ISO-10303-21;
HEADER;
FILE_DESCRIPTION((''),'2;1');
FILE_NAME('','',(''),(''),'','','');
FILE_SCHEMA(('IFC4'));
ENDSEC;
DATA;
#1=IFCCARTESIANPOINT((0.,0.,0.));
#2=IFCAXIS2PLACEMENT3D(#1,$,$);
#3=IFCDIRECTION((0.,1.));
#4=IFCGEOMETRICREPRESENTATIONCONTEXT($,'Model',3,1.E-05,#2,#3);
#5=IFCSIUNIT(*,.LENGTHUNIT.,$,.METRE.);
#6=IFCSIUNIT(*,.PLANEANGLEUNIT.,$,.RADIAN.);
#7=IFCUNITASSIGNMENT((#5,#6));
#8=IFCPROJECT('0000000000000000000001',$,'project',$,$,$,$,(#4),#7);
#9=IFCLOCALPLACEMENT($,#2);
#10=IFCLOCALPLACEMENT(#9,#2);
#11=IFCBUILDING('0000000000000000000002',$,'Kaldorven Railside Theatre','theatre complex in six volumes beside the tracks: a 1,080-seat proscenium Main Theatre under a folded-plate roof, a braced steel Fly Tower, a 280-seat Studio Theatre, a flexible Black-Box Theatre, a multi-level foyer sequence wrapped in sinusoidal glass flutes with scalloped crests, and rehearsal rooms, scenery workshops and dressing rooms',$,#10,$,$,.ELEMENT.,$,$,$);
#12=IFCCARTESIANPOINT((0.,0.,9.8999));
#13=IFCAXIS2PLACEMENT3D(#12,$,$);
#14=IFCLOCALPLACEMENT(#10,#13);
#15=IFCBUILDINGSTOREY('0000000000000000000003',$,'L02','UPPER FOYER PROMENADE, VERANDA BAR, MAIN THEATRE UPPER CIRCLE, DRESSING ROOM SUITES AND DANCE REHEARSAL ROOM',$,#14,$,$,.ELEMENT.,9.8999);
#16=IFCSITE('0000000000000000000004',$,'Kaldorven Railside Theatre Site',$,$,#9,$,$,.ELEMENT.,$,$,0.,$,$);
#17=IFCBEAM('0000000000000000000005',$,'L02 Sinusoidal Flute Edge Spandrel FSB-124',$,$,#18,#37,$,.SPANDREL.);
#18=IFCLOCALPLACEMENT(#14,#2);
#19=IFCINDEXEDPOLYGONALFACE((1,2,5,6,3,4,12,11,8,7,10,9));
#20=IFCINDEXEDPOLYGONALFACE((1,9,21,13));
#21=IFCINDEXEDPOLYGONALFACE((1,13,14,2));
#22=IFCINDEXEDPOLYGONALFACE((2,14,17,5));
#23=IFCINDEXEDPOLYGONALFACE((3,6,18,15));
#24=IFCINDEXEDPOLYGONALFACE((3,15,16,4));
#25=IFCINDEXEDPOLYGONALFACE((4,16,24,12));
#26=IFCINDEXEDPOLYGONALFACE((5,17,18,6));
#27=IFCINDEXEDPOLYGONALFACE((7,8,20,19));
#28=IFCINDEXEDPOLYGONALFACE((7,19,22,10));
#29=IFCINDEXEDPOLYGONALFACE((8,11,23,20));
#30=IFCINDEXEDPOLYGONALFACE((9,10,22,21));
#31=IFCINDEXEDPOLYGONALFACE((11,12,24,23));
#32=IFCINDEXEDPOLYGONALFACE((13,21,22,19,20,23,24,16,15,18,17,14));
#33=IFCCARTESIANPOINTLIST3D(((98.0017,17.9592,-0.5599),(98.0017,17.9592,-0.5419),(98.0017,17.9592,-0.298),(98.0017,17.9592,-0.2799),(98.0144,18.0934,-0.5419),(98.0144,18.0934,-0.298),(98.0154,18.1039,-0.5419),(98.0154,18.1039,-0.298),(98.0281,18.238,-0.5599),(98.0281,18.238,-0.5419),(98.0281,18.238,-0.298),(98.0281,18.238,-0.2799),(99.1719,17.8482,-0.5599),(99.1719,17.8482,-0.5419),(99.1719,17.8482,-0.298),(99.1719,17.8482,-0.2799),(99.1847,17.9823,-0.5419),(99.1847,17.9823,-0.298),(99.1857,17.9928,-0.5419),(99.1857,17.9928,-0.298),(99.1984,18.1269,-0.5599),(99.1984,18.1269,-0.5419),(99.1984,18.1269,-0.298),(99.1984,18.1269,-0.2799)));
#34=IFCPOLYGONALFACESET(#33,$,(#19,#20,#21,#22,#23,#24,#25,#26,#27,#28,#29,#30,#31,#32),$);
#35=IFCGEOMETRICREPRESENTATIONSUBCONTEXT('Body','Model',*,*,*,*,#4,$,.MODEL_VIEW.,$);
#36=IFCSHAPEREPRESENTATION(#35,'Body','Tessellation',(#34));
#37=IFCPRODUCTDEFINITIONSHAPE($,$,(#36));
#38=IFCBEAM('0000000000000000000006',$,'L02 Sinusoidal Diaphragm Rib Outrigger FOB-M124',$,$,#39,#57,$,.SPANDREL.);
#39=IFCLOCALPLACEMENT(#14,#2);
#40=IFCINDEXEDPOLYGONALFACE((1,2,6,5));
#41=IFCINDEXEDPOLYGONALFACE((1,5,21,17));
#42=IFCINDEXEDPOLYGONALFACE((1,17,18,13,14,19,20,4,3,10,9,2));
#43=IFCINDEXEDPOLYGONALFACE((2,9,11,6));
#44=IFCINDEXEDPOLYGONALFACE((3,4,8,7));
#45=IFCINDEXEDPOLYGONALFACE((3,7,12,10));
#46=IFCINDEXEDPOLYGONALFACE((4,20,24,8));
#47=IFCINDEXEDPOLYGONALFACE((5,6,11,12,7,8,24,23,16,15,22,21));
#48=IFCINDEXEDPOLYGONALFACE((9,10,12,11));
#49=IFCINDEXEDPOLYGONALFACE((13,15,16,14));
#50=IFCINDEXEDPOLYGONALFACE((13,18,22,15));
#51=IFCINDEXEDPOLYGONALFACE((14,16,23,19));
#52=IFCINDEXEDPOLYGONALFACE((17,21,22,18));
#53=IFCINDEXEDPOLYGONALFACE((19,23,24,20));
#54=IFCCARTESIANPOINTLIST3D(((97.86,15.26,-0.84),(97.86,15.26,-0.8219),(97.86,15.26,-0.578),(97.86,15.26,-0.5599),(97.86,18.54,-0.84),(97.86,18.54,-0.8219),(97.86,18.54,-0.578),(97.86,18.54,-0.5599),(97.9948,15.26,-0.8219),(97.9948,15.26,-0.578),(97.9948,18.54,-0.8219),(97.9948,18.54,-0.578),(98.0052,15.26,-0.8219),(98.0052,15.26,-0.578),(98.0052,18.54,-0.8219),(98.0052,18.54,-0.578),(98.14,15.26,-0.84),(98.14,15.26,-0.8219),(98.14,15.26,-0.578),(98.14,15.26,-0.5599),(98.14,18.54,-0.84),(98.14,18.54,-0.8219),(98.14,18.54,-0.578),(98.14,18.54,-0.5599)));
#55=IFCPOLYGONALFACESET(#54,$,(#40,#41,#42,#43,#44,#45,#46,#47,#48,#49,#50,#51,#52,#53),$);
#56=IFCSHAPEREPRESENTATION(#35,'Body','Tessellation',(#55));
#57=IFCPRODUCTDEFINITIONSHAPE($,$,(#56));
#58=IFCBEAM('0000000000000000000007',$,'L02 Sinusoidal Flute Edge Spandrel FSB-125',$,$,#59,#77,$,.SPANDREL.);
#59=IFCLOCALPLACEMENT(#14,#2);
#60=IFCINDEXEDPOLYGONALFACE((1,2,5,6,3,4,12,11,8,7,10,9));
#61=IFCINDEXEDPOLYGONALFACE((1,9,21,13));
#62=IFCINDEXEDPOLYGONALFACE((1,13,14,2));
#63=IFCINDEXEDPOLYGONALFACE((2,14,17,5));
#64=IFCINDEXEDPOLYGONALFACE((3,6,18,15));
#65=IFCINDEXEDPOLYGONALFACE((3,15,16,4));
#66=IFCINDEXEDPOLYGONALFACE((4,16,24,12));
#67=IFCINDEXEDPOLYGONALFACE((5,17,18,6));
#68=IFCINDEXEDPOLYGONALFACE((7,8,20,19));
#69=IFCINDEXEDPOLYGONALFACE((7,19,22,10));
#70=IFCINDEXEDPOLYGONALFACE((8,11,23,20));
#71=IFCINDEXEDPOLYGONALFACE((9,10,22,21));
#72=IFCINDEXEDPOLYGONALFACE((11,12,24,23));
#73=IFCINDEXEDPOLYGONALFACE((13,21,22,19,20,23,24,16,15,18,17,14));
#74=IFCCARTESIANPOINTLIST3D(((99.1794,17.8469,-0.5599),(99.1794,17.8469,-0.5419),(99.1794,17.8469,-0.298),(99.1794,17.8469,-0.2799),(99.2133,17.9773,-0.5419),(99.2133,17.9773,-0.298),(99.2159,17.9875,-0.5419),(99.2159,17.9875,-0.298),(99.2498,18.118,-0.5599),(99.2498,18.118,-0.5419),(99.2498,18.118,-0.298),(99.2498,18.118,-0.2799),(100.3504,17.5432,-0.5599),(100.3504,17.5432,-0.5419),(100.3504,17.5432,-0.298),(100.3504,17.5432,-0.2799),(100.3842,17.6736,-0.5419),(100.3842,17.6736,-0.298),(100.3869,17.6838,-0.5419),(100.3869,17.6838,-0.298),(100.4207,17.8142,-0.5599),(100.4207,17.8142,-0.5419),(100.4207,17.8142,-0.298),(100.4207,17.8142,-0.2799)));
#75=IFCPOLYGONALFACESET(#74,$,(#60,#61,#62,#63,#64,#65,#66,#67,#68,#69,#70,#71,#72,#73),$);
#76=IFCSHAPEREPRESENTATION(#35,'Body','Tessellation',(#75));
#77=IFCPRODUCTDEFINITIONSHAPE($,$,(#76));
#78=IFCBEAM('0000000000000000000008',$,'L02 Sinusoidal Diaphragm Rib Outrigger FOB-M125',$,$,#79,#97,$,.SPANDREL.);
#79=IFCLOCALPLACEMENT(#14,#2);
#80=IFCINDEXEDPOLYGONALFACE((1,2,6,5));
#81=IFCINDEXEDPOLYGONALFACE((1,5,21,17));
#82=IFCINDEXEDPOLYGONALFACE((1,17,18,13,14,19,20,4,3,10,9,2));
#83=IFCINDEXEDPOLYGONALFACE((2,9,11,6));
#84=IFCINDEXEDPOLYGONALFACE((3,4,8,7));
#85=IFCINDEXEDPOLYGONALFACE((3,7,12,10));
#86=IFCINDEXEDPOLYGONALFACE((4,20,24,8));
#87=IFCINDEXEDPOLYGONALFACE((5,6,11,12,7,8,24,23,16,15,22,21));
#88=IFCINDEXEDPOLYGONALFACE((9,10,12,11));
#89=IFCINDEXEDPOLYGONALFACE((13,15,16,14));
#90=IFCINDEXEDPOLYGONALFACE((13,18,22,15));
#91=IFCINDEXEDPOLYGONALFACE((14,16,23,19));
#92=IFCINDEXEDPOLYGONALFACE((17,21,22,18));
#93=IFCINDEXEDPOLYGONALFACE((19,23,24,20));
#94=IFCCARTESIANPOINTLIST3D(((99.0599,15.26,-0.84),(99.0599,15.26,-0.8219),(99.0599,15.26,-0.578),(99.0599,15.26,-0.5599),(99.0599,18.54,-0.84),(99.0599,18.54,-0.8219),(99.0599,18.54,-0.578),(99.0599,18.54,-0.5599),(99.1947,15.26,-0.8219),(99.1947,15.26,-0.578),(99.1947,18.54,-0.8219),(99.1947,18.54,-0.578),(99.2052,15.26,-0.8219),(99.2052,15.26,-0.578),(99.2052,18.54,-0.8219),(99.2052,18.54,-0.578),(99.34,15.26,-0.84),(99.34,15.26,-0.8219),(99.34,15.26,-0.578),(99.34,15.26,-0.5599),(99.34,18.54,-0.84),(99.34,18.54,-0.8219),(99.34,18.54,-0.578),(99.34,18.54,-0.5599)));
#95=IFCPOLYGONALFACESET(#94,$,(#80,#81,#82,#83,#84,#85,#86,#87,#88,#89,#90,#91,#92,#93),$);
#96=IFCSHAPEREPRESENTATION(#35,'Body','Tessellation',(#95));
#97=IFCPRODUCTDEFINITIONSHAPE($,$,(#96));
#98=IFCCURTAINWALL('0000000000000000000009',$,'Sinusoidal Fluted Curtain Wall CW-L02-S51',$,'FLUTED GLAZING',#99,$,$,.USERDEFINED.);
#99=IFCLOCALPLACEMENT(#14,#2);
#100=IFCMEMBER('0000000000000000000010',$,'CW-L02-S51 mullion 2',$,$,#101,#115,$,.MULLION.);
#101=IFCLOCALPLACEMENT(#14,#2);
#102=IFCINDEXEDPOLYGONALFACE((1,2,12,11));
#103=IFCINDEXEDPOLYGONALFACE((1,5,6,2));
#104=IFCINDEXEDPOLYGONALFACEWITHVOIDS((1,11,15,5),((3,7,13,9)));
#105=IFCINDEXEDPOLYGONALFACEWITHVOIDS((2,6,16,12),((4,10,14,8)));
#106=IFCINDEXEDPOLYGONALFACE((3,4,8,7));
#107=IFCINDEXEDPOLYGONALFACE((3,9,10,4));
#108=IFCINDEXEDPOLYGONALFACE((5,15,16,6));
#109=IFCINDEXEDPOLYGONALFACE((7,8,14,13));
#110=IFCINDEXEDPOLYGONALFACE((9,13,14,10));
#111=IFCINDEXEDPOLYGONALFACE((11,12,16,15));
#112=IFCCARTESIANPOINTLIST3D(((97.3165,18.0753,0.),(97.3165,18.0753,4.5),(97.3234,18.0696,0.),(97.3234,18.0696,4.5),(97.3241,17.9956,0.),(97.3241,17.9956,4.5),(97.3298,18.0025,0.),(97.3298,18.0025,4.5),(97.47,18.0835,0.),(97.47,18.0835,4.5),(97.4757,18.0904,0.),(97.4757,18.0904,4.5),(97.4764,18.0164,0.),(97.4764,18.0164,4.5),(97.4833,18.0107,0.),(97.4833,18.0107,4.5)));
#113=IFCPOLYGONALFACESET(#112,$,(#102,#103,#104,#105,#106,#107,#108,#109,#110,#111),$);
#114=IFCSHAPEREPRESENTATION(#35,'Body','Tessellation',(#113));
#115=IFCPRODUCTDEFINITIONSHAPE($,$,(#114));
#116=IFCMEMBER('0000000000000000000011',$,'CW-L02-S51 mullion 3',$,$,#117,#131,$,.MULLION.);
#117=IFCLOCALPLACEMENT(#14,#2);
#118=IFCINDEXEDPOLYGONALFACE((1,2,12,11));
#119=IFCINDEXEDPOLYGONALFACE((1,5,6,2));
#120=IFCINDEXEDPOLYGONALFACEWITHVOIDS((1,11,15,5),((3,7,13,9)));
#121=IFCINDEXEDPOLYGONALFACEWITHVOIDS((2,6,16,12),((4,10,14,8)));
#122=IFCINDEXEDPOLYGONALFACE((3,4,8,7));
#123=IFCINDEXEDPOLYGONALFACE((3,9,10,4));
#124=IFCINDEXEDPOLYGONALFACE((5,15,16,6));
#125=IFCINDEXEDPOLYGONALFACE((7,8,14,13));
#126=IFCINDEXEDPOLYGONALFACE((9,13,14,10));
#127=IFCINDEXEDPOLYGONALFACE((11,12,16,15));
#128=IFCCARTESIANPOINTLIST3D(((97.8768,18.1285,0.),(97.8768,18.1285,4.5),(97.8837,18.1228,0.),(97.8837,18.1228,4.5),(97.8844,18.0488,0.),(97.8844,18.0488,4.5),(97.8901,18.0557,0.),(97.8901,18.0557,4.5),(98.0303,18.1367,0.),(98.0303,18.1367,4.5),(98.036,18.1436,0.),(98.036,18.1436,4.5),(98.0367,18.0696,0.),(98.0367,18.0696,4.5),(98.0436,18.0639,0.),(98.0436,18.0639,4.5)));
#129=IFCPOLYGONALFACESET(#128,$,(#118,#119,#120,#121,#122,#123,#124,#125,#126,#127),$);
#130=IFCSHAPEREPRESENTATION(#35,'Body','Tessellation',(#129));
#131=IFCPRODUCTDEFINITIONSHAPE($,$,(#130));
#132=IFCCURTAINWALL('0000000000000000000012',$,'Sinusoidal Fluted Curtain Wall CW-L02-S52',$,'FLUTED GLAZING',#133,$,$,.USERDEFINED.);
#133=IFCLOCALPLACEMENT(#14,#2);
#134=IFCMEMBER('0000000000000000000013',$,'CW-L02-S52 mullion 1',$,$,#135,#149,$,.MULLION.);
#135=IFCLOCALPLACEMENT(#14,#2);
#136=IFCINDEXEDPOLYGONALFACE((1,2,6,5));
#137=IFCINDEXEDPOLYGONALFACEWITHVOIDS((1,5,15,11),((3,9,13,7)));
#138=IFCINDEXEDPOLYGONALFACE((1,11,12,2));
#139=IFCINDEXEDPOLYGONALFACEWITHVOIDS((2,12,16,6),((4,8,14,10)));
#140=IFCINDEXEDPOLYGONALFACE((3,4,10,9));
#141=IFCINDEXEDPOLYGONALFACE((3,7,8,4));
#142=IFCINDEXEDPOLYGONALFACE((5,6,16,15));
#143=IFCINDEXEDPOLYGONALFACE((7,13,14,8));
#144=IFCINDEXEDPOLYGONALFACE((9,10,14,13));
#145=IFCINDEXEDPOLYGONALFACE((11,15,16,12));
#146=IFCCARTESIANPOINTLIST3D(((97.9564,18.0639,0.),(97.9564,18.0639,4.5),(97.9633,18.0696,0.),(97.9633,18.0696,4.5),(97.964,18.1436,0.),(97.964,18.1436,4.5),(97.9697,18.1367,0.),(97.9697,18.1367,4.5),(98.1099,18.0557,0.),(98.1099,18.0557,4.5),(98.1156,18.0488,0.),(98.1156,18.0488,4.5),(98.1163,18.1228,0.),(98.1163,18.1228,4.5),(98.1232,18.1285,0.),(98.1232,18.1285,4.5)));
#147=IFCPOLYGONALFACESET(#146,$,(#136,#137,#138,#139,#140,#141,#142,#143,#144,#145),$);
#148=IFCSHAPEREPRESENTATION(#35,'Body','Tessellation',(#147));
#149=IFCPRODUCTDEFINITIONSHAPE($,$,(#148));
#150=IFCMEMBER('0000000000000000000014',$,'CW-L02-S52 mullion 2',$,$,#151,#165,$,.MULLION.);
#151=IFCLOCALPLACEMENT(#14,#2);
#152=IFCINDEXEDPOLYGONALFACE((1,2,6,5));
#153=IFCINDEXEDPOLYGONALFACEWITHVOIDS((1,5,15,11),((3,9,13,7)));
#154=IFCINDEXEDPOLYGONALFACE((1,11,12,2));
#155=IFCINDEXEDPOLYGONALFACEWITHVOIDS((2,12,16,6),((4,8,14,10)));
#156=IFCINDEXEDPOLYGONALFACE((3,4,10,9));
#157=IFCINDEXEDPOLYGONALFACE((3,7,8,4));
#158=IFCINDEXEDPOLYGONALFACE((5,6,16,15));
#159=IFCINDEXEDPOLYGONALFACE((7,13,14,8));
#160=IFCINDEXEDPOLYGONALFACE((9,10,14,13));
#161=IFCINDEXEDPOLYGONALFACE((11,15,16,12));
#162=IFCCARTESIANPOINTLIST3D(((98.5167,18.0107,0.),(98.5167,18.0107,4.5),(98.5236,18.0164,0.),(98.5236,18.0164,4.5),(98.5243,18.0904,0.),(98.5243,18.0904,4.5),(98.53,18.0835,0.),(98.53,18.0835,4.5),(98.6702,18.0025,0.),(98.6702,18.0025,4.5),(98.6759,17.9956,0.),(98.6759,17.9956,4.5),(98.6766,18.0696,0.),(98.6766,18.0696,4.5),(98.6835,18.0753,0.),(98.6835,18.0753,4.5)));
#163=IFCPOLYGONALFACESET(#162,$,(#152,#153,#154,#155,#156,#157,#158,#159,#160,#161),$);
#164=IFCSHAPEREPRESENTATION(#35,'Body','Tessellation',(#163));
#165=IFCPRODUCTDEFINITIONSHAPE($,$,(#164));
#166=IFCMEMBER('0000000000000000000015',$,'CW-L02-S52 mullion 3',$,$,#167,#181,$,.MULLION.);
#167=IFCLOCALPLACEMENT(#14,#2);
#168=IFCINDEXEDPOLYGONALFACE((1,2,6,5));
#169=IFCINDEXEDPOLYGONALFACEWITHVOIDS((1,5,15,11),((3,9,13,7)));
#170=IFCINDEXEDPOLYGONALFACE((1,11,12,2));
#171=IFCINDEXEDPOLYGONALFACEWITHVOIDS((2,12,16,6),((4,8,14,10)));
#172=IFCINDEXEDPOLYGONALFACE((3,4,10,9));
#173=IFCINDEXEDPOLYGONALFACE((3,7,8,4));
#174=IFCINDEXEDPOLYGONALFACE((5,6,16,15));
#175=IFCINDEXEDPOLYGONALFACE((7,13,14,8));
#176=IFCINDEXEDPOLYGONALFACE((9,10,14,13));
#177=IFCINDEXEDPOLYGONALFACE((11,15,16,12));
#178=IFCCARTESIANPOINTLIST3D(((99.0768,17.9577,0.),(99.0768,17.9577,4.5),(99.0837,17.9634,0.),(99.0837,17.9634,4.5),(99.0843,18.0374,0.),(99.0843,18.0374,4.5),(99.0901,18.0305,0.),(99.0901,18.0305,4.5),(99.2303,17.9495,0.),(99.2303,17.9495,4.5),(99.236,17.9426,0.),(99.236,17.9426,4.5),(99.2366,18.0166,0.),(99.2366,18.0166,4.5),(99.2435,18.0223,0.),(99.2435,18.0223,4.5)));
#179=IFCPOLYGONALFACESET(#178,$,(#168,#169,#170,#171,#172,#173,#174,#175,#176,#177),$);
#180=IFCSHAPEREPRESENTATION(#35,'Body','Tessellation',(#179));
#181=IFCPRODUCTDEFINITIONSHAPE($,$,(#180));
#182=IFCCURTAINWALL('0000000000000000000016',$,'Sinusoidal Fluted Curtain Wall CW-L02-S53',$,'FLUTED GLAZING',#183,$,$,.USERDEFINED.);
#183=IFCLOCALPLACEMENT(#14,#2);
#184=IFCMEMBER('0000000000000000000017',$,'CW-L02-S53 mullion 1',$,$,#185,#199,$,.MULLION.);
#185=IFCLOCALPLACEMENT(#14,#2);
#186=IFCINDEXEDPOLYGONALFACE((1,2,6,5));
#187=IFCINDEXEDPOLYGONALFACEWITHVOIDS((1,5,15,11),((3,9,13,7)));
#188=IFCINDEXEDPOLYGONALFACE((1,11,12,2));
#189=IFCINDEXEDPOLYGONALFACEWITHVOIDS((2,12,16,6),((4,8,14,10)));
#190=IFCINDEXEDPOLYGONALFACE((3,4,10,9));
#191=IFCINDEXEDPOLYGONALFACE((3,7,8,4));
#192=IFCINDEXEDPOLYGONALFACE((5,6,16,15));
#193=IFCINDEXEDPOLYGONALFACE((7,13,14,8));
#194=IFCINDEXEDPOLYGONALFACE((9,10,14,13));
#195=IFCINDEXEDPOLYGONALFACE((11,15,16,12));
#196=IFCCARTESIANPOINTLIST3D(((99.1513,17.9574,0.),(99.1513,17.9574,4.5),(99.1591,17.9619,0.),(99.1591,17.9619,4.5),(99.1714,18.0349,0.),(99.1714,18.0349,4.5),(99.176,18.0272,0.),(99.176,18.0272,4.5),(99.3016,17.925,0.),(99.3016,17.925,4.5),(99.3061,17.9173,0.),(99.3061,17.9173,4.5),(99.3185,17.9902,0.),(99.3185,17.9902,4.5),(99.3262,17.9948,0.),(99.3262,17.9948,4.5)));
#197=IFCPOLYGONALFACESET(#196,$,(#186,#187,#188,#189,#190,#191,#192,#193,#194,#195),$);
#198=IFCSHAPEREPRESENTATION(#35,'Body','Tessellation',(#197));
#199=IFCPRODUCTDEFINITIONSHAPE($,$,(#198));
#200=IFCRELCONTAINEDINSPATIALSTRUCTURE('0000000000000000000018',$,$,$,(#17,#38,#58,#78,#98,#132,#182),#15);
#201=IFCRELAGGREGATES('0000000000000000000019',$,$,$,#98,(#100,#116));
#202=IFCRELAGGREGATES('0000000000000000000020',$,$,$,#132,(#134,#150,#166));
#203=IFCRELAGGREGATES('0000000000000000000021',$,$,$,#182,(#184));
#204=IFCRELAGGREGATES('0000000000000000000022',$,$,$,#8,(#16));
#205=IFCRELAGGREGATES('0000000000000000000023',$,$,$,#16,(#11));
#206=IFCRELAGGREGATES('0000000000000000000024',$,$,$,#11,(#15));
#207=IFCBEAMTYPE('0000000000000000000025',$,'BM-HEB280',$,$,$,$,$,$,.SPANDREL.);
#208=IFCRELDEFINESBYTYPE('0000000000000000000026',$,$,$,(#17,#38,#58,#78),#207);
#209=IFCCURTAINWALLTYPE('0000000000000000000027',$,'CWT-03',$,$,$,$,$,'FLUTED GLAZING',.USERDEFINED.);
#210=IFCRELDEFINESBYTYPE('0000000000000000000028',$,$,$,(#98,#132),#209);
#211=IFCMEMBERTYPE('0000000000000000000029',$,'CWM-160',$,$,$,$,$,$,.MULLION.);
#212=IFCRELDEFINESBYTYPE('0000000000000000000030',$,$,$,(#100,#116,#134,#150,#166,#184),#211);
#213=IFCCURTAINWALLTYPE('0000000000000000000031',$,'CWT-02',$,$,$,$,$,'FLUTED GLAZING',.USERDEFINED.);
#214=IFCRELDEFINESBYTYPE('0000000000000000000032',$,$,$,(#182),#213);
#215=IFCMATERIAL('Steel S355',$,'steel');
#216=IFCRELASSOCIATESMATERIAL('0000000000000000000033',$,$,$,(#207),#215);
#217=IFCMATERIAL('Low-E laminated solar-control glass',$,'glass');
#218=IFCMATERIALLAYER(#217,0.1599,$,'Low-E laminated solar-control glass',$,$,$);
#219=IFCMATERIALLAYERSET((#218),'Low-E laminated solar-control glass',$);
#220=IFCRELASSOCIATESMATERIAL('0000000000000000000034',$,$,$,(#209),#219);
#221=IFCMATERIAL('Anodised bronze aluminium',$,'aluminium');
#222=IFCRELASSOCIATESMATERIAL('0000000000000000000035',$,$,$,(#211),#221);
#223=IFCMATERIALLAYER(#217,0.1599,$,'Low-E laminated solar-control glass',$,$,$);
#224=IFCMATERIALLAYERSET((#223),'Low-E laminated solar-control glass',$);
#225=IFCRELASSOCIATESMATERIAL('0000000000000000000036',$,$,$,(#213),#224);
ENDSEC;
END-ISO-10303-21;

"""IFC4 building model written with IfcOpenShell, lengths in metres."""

from ifc_helpers import new_model, si_unit, direction, frame, origin, origin_2d, place, context, subcontext, project, spatial, hollow_rectangle, i_section, extrude, material, layer, layer_set, material_profile, profile_set, type_object, element, aggregate, save


model = new_model("IFC4")

# Units and contexts
model_context = context("Model", 3, precision=1e-05, world=origin(), true_north=direction((0.0, 1.0)))
body_context = subcontext(model_context, "Body", "Model", "MODEL_VIEW")
ifc_project = project(units=[si_unit("LENGTHUNIT", "METRE"), si_unit("PLANEANGLEUNIT", "RADIAN")], contexts=[model_context])

# Site, building, storey
site_placement = place(None, origin())
site = spatial("IfcSite", under=ifc_project, at=site_placement, Name="Kaldorven Railside Theatre Site", CompositionType="ELEMENT", RefElevation=0.0)
building_placement = place(site_placement, origin())
building = spatial("IfcBuilding", under=site, at=building_placement, Name="Kaldorven Railside Theatre", Description="theatre complex in six volumes beside the tracks: a 1,080-seat proscenium Main Theatre under a folded-plate roof, a braced steel Fly Tower, a 280-seat Studio Theatre, a flexible Black-Box Theatre, a multi-level foyer sequence wrapped in sinusoidal glass flutes with scalloped crests, and rehearsal rooms, scenery workshops and dressing rooms", CompositionType="ELEMENT")
storey_placement = place(building_placement, frame((0.0, 0.0, 9.8999)))
storey = spatial("IfcBuildingStorey", under=building, at=storey_placement, Name="L02", Description="UPPER FOYER PROMENADE, VERANDA BAR, MAIN THEATRE UPPER CIRCLE, DRESSING ROOM SUITES AND DANCE REHEARSAL ROOM", CompositionType="ELEMENT", Elevation=9.8999)

# Beams
ifc_material_1 = material(Name="Steel S355", Category="steel")
ifc_material_profile_1 = material_profile(ifc_material_1, i_section(OverallWidth=0.28, OverallDepth=0.28, WebThickness=0.0105, FlangeThickness=0.0181, at=origin_2d()), Name="HEB 280")
ifc_profile_set_1 = profile_set([ifc_material_profile_1], Name="Steel S355")
beam_type = type_object("IfcBeamType", Name="BM-HEB280", PredefinedType="SPANDREL", material=ifc_profile_set_1)
beam_1_placement = place(storey_placement, frame((98.0149, 18.0986, -0.4199), z_axis=(0.995524, -0.094505, 0.0), x_axis=(0.094505, 0.995524, 0.0)))
element("IfcBeam", 1, at=beam_1_placement, inside=storey, type_object=beam_type, Name="L02 Sinusoidal Flute Edge Spandrel FSB-124", PredefinedType="SPANDREL", context=body_context, shape_type="SweptSolid", body=[
    extrude(i_section(OverallWidth=0.28, OverallDepth=0.28, WebThickness=0.0105, FlangeThickness=0.0181, at=origin_2d()), origin(), (0.0, 0.0, 1.0), 1.1755),
])
beam_2_placement = place(storey_placement, frame((98.0, 15.26, -0.7), z_axis=(0.0, 1.0, 0.0), x_axis=(-1.0, 0.0, 0.0)))
element("IfcBeam", 2, at=beam_2_placement, inside=storey, type_object=beam_type, Name="L02 Sinusoidal Diaphragm Rib Outrigger FOB-M124", PredefinedType="SPANDREL", context=body_context, shape_type="SweptSolid", body=[
    extrude(i_section(OverallWidth=0.28, OverallDepth=0.28, WebThickness=0.0105, FlangeThickness=0.0181, at=origin_2d()), origin(), (0.0, 0.0, 1.0), 3.28),
])
beam_3_placement = place(storey_placement, frame((99.2146, 17.9824, -0.4199), z_axis=(0.967968, -0.251074, 0.0), x_axis=(0.251074, 0.967968, 0.0)))
element("IfcBeam", 3, at=beam_3_placement, inside=storey, type_object=beam_type, Name="L02 Sinusoidal Flute Edge Spandrel FSB-125", PredefinedType="SPANDREL", context=body_context, shape_type="SweptSolid", body=[
    extrude(i_section(OverallWidth=0.28, OverallDepth=0.28, WebThickness=0.0105, FlangeThickness=0.0181, at=origin_2d()), origin(), (0.0, 0.0, 1.0), 1.2097),
])
beam_4_placement = place(storey_placement, frame((99.2, 15.26, -0.7), z_axis=(0.0, 1.0, 0.0), x_axis=(-1.0, 0.0, 0.0)))
element("IfcBeam", 4, at=beam_4_placement, inside=storey, type_object=beam_type, Name="L02 Sinusoidal Diaphragm Rib Outrigger FOB-M125", PredefinedType="SPANDREL", context=body_context, shape_type="SweptSolid", body=[
    extrude(i_section(OverallWidth=0.28, OverallDepth=0.28, WebThickness=0.0105, FlangeThickness=0.0181, at=origin_2d()), origin(), (0.0, 0.0, 1.0), 3.28),
])

# Curtain walls, members
ifc_material_2 = material(Name="Low-E laminated solar-control glass", Category="glass")
ifc_layer_1 = layer(ifc_material_2, 0.1599, Name="Low-E laminated solar-control glass")
ifc_layer_set_1 = layer_set([ifc_layer_1], Name="Low-E laminated solar-control glass")
curtain_wall_type_1 = type_object("IfcCurtainWallType", Name="CWT-03", ElementType="FLUTED GLAZING", PredefinedType="USERDEFINED", material=ifc_layer_set_1)
curtain_wall_1_placement = place(storey_placement, origin())
curtain_wall_1 = element("IfcCurtainWall", 5, at=curtain_wall_1_placement, inside=storey, type_object=curtain_wall_type_1, Name="Sinusoidal Fluted Curtain Wall CW-L02-S51", ObjectType="FLUTED GLAZING", PredefinedType="USERDEFINED")
ifc_material_3 = material(Name="Anodised bronze aluminium", Category="aluminium")
ifc_material_profile_2 = material_profile(ifc_material_3, hollow_rectangle(XDim=0.0801, YDim=0.1599, WallThickness=0.0063, at=origin_2d()), Name="RHS 160x80x6.3")
ifc_profile_set_2 = profile_set([ifc_material_profile_2], Name="Anodised bronze aluminium")
member_type_1 = type_object("IfcMemberType", Name="CWM-160", PredefinedType="MULLION", material=ifc_profile_set_2)
member_1_placement = place(storey_placement, frame((97.3999, 18.043, 0.0), z_axis=(0.0, 0.0, 1.0), x_axis=(-0.094492, 0.995526, 0.0)))
member_1 = element("IfcMember", 6, at=member_1_placement, type_object=member_type_1, Name="CW-L02-S51 mullion 2", PredefinedType="MULLION", context=body_context, shape_type="SweptSolid", body=[
    extrude(hollow_rectangle(XDim=0.0801, YDim=0.1599, WallThickness=0.0063, at=origin_2d()), origin(), (0.0, 0.0, 1.0), 4.5),
])
member_2_placement = place(storey_placement, frame((97.9602, 18.0962, 0.0), z_axis=(0.0, 0.0, 1.0), x_axis=(-0.094492, 0.995526, 0.0)))
member_2 = element("IfcMember", 7, at=member_2_placement, type_object=member_type_1, Name="CW-L02-S51 mullion 3", PredefinedType="MULLION", context=body_context, shape_type="SweptSolid", body=[
    extrude(hollow_rectangle(XDim=0.0801, YDim=0.1599, WallThickness=0.0063, at=origin_2d()), origin(), (0.0, 0.0, 1.0), 4.5),
])
curtain_wall_2_placement = place(storey_placement, origin())
curtain_wall_2 = element("IfcCurtainWall", 8, at=curtain_wall_2_placement, inside=storey, type_object=curtain_wall_type_1, Name="Sinusoidal Fluted Curtain Wall CW-L02-S52", ObjectType="FLUTED GLAZING", PredefinedType="USERDEFINED")
member_3_placement = place(storey_placement, frame((98.0398, 18.0962, 0.0), z_axis=(0.0, 0.0, 1.0), x_axis=(0.094492, 0.995526, 0.0)))
member_3 = element("IfcMember", 9, at=member_3_placement, type_object=member_type_1, Name="CW-L02-S52 mullion 1", PredefinedType="MULLION", context=body_context, shape_type="SweptSolid", body=[
    extrude(hollow_rectangle(XDim=0.0801, YDim=0.1599, WallThickness=0.0063, at=origin_2d()), origin(), (0.0, 0.0, 1.0), 4.5),
])
member_4_placement = place(storey_placement, frame((98.6001, 18.043, 0.0), z_axis=(0.0, 0.0, 1.0), x_axis=(0.094492, 0.995526, 0.0)))
member_4 = element("IfcMember", 10, at=member_4_placement, type_object=member_type_1, Name="CW-L02-S52 mullion 2", PredefinedType="MULLION", context=body_context, shape_type="SweptSolid", body=[
    extrude(hollow_rectangle(XDim=0.0801, YDim=0.1599, WallThickness=0.0063, at=origin_2d()), origin(), (0.0, 0.0, 1.0), 4.5),
])
member_5_placement = place(storey_placement, frame((99.1602, 17.99, 0.0), z_axis=(0.0, 0.0, 1.0), x_axis=(0.094492, 0.995526, 0.0)))
member_5 = element("IfcMember", 11, at=member_5_placement, type_object=member_type_1, Name="CW-L02-S52 mullion 3", PredefinedType="MULLION", context=body_context, shape_type="SweptSolid", body=[
    extrude(hollow_rectangle(XDim=0.0801, YDim=0.1599, WallThickness=0.0063, at=origin_2d()), origin(), (0.0, 0.0, 1.0), 4.5),
])
ifc_layer_2 = layer(ifc_material_2, 0.1599, Name="Low-E laminated solar-control glass")
ifc_layer_set_2 = layer_set([ifc_layer_2], Name="Low-E laminated solar-control glass")
curtain_wall_type_2 = type_object("IfcCurtainWallType", Name="CWT-02", ElementType="FLUTED GLAZING", PredefinedType="USERDEFINED", material=ifc_layer_set_2)
curtain_wall_3_placement = place(storey_placement, origin())
curtain_wall_3 = element("IfcCurtainWall", 12, at=curtain_wall_3_placement, inside=storey, type_object=curtain_wall_type_2, Name="Sinusoidal Fluted Curtain Wall CW-L02-S53", ObjectType="FLUTED GLAZING", PredefinedType="USERDEFINED")
member_6_placement = place(storey_placement, frame((99.2388, 17.9761, 0.0), z_axis=(0.0, 0.0, 1.0), x_axis=(0.250954, 0.967999, 0.0)))
member_6 = element("IfcMember", 13, at=member_6_placement, type_object=member_type_1, Name="CW-L02-S53 mullion 1", PredefinedType="MULLION", context=body_context, shape_type="SweptSolid", body=[
    extrude(hollow_rectangle(XDim=0.0801, YDim=0.1599, WallThickness=0.0063, at=origin_2d()), origin(), (0.0, 0.0, 1.0), 4.5),
])

aggregate(curtain_wall_1, [member_1, member_2])
aggregate(curtain_wall_2, [member_3, member_4, member_5])
aggregate(curtain_wall_3, [member_6])

save(model, "model.ifc")
